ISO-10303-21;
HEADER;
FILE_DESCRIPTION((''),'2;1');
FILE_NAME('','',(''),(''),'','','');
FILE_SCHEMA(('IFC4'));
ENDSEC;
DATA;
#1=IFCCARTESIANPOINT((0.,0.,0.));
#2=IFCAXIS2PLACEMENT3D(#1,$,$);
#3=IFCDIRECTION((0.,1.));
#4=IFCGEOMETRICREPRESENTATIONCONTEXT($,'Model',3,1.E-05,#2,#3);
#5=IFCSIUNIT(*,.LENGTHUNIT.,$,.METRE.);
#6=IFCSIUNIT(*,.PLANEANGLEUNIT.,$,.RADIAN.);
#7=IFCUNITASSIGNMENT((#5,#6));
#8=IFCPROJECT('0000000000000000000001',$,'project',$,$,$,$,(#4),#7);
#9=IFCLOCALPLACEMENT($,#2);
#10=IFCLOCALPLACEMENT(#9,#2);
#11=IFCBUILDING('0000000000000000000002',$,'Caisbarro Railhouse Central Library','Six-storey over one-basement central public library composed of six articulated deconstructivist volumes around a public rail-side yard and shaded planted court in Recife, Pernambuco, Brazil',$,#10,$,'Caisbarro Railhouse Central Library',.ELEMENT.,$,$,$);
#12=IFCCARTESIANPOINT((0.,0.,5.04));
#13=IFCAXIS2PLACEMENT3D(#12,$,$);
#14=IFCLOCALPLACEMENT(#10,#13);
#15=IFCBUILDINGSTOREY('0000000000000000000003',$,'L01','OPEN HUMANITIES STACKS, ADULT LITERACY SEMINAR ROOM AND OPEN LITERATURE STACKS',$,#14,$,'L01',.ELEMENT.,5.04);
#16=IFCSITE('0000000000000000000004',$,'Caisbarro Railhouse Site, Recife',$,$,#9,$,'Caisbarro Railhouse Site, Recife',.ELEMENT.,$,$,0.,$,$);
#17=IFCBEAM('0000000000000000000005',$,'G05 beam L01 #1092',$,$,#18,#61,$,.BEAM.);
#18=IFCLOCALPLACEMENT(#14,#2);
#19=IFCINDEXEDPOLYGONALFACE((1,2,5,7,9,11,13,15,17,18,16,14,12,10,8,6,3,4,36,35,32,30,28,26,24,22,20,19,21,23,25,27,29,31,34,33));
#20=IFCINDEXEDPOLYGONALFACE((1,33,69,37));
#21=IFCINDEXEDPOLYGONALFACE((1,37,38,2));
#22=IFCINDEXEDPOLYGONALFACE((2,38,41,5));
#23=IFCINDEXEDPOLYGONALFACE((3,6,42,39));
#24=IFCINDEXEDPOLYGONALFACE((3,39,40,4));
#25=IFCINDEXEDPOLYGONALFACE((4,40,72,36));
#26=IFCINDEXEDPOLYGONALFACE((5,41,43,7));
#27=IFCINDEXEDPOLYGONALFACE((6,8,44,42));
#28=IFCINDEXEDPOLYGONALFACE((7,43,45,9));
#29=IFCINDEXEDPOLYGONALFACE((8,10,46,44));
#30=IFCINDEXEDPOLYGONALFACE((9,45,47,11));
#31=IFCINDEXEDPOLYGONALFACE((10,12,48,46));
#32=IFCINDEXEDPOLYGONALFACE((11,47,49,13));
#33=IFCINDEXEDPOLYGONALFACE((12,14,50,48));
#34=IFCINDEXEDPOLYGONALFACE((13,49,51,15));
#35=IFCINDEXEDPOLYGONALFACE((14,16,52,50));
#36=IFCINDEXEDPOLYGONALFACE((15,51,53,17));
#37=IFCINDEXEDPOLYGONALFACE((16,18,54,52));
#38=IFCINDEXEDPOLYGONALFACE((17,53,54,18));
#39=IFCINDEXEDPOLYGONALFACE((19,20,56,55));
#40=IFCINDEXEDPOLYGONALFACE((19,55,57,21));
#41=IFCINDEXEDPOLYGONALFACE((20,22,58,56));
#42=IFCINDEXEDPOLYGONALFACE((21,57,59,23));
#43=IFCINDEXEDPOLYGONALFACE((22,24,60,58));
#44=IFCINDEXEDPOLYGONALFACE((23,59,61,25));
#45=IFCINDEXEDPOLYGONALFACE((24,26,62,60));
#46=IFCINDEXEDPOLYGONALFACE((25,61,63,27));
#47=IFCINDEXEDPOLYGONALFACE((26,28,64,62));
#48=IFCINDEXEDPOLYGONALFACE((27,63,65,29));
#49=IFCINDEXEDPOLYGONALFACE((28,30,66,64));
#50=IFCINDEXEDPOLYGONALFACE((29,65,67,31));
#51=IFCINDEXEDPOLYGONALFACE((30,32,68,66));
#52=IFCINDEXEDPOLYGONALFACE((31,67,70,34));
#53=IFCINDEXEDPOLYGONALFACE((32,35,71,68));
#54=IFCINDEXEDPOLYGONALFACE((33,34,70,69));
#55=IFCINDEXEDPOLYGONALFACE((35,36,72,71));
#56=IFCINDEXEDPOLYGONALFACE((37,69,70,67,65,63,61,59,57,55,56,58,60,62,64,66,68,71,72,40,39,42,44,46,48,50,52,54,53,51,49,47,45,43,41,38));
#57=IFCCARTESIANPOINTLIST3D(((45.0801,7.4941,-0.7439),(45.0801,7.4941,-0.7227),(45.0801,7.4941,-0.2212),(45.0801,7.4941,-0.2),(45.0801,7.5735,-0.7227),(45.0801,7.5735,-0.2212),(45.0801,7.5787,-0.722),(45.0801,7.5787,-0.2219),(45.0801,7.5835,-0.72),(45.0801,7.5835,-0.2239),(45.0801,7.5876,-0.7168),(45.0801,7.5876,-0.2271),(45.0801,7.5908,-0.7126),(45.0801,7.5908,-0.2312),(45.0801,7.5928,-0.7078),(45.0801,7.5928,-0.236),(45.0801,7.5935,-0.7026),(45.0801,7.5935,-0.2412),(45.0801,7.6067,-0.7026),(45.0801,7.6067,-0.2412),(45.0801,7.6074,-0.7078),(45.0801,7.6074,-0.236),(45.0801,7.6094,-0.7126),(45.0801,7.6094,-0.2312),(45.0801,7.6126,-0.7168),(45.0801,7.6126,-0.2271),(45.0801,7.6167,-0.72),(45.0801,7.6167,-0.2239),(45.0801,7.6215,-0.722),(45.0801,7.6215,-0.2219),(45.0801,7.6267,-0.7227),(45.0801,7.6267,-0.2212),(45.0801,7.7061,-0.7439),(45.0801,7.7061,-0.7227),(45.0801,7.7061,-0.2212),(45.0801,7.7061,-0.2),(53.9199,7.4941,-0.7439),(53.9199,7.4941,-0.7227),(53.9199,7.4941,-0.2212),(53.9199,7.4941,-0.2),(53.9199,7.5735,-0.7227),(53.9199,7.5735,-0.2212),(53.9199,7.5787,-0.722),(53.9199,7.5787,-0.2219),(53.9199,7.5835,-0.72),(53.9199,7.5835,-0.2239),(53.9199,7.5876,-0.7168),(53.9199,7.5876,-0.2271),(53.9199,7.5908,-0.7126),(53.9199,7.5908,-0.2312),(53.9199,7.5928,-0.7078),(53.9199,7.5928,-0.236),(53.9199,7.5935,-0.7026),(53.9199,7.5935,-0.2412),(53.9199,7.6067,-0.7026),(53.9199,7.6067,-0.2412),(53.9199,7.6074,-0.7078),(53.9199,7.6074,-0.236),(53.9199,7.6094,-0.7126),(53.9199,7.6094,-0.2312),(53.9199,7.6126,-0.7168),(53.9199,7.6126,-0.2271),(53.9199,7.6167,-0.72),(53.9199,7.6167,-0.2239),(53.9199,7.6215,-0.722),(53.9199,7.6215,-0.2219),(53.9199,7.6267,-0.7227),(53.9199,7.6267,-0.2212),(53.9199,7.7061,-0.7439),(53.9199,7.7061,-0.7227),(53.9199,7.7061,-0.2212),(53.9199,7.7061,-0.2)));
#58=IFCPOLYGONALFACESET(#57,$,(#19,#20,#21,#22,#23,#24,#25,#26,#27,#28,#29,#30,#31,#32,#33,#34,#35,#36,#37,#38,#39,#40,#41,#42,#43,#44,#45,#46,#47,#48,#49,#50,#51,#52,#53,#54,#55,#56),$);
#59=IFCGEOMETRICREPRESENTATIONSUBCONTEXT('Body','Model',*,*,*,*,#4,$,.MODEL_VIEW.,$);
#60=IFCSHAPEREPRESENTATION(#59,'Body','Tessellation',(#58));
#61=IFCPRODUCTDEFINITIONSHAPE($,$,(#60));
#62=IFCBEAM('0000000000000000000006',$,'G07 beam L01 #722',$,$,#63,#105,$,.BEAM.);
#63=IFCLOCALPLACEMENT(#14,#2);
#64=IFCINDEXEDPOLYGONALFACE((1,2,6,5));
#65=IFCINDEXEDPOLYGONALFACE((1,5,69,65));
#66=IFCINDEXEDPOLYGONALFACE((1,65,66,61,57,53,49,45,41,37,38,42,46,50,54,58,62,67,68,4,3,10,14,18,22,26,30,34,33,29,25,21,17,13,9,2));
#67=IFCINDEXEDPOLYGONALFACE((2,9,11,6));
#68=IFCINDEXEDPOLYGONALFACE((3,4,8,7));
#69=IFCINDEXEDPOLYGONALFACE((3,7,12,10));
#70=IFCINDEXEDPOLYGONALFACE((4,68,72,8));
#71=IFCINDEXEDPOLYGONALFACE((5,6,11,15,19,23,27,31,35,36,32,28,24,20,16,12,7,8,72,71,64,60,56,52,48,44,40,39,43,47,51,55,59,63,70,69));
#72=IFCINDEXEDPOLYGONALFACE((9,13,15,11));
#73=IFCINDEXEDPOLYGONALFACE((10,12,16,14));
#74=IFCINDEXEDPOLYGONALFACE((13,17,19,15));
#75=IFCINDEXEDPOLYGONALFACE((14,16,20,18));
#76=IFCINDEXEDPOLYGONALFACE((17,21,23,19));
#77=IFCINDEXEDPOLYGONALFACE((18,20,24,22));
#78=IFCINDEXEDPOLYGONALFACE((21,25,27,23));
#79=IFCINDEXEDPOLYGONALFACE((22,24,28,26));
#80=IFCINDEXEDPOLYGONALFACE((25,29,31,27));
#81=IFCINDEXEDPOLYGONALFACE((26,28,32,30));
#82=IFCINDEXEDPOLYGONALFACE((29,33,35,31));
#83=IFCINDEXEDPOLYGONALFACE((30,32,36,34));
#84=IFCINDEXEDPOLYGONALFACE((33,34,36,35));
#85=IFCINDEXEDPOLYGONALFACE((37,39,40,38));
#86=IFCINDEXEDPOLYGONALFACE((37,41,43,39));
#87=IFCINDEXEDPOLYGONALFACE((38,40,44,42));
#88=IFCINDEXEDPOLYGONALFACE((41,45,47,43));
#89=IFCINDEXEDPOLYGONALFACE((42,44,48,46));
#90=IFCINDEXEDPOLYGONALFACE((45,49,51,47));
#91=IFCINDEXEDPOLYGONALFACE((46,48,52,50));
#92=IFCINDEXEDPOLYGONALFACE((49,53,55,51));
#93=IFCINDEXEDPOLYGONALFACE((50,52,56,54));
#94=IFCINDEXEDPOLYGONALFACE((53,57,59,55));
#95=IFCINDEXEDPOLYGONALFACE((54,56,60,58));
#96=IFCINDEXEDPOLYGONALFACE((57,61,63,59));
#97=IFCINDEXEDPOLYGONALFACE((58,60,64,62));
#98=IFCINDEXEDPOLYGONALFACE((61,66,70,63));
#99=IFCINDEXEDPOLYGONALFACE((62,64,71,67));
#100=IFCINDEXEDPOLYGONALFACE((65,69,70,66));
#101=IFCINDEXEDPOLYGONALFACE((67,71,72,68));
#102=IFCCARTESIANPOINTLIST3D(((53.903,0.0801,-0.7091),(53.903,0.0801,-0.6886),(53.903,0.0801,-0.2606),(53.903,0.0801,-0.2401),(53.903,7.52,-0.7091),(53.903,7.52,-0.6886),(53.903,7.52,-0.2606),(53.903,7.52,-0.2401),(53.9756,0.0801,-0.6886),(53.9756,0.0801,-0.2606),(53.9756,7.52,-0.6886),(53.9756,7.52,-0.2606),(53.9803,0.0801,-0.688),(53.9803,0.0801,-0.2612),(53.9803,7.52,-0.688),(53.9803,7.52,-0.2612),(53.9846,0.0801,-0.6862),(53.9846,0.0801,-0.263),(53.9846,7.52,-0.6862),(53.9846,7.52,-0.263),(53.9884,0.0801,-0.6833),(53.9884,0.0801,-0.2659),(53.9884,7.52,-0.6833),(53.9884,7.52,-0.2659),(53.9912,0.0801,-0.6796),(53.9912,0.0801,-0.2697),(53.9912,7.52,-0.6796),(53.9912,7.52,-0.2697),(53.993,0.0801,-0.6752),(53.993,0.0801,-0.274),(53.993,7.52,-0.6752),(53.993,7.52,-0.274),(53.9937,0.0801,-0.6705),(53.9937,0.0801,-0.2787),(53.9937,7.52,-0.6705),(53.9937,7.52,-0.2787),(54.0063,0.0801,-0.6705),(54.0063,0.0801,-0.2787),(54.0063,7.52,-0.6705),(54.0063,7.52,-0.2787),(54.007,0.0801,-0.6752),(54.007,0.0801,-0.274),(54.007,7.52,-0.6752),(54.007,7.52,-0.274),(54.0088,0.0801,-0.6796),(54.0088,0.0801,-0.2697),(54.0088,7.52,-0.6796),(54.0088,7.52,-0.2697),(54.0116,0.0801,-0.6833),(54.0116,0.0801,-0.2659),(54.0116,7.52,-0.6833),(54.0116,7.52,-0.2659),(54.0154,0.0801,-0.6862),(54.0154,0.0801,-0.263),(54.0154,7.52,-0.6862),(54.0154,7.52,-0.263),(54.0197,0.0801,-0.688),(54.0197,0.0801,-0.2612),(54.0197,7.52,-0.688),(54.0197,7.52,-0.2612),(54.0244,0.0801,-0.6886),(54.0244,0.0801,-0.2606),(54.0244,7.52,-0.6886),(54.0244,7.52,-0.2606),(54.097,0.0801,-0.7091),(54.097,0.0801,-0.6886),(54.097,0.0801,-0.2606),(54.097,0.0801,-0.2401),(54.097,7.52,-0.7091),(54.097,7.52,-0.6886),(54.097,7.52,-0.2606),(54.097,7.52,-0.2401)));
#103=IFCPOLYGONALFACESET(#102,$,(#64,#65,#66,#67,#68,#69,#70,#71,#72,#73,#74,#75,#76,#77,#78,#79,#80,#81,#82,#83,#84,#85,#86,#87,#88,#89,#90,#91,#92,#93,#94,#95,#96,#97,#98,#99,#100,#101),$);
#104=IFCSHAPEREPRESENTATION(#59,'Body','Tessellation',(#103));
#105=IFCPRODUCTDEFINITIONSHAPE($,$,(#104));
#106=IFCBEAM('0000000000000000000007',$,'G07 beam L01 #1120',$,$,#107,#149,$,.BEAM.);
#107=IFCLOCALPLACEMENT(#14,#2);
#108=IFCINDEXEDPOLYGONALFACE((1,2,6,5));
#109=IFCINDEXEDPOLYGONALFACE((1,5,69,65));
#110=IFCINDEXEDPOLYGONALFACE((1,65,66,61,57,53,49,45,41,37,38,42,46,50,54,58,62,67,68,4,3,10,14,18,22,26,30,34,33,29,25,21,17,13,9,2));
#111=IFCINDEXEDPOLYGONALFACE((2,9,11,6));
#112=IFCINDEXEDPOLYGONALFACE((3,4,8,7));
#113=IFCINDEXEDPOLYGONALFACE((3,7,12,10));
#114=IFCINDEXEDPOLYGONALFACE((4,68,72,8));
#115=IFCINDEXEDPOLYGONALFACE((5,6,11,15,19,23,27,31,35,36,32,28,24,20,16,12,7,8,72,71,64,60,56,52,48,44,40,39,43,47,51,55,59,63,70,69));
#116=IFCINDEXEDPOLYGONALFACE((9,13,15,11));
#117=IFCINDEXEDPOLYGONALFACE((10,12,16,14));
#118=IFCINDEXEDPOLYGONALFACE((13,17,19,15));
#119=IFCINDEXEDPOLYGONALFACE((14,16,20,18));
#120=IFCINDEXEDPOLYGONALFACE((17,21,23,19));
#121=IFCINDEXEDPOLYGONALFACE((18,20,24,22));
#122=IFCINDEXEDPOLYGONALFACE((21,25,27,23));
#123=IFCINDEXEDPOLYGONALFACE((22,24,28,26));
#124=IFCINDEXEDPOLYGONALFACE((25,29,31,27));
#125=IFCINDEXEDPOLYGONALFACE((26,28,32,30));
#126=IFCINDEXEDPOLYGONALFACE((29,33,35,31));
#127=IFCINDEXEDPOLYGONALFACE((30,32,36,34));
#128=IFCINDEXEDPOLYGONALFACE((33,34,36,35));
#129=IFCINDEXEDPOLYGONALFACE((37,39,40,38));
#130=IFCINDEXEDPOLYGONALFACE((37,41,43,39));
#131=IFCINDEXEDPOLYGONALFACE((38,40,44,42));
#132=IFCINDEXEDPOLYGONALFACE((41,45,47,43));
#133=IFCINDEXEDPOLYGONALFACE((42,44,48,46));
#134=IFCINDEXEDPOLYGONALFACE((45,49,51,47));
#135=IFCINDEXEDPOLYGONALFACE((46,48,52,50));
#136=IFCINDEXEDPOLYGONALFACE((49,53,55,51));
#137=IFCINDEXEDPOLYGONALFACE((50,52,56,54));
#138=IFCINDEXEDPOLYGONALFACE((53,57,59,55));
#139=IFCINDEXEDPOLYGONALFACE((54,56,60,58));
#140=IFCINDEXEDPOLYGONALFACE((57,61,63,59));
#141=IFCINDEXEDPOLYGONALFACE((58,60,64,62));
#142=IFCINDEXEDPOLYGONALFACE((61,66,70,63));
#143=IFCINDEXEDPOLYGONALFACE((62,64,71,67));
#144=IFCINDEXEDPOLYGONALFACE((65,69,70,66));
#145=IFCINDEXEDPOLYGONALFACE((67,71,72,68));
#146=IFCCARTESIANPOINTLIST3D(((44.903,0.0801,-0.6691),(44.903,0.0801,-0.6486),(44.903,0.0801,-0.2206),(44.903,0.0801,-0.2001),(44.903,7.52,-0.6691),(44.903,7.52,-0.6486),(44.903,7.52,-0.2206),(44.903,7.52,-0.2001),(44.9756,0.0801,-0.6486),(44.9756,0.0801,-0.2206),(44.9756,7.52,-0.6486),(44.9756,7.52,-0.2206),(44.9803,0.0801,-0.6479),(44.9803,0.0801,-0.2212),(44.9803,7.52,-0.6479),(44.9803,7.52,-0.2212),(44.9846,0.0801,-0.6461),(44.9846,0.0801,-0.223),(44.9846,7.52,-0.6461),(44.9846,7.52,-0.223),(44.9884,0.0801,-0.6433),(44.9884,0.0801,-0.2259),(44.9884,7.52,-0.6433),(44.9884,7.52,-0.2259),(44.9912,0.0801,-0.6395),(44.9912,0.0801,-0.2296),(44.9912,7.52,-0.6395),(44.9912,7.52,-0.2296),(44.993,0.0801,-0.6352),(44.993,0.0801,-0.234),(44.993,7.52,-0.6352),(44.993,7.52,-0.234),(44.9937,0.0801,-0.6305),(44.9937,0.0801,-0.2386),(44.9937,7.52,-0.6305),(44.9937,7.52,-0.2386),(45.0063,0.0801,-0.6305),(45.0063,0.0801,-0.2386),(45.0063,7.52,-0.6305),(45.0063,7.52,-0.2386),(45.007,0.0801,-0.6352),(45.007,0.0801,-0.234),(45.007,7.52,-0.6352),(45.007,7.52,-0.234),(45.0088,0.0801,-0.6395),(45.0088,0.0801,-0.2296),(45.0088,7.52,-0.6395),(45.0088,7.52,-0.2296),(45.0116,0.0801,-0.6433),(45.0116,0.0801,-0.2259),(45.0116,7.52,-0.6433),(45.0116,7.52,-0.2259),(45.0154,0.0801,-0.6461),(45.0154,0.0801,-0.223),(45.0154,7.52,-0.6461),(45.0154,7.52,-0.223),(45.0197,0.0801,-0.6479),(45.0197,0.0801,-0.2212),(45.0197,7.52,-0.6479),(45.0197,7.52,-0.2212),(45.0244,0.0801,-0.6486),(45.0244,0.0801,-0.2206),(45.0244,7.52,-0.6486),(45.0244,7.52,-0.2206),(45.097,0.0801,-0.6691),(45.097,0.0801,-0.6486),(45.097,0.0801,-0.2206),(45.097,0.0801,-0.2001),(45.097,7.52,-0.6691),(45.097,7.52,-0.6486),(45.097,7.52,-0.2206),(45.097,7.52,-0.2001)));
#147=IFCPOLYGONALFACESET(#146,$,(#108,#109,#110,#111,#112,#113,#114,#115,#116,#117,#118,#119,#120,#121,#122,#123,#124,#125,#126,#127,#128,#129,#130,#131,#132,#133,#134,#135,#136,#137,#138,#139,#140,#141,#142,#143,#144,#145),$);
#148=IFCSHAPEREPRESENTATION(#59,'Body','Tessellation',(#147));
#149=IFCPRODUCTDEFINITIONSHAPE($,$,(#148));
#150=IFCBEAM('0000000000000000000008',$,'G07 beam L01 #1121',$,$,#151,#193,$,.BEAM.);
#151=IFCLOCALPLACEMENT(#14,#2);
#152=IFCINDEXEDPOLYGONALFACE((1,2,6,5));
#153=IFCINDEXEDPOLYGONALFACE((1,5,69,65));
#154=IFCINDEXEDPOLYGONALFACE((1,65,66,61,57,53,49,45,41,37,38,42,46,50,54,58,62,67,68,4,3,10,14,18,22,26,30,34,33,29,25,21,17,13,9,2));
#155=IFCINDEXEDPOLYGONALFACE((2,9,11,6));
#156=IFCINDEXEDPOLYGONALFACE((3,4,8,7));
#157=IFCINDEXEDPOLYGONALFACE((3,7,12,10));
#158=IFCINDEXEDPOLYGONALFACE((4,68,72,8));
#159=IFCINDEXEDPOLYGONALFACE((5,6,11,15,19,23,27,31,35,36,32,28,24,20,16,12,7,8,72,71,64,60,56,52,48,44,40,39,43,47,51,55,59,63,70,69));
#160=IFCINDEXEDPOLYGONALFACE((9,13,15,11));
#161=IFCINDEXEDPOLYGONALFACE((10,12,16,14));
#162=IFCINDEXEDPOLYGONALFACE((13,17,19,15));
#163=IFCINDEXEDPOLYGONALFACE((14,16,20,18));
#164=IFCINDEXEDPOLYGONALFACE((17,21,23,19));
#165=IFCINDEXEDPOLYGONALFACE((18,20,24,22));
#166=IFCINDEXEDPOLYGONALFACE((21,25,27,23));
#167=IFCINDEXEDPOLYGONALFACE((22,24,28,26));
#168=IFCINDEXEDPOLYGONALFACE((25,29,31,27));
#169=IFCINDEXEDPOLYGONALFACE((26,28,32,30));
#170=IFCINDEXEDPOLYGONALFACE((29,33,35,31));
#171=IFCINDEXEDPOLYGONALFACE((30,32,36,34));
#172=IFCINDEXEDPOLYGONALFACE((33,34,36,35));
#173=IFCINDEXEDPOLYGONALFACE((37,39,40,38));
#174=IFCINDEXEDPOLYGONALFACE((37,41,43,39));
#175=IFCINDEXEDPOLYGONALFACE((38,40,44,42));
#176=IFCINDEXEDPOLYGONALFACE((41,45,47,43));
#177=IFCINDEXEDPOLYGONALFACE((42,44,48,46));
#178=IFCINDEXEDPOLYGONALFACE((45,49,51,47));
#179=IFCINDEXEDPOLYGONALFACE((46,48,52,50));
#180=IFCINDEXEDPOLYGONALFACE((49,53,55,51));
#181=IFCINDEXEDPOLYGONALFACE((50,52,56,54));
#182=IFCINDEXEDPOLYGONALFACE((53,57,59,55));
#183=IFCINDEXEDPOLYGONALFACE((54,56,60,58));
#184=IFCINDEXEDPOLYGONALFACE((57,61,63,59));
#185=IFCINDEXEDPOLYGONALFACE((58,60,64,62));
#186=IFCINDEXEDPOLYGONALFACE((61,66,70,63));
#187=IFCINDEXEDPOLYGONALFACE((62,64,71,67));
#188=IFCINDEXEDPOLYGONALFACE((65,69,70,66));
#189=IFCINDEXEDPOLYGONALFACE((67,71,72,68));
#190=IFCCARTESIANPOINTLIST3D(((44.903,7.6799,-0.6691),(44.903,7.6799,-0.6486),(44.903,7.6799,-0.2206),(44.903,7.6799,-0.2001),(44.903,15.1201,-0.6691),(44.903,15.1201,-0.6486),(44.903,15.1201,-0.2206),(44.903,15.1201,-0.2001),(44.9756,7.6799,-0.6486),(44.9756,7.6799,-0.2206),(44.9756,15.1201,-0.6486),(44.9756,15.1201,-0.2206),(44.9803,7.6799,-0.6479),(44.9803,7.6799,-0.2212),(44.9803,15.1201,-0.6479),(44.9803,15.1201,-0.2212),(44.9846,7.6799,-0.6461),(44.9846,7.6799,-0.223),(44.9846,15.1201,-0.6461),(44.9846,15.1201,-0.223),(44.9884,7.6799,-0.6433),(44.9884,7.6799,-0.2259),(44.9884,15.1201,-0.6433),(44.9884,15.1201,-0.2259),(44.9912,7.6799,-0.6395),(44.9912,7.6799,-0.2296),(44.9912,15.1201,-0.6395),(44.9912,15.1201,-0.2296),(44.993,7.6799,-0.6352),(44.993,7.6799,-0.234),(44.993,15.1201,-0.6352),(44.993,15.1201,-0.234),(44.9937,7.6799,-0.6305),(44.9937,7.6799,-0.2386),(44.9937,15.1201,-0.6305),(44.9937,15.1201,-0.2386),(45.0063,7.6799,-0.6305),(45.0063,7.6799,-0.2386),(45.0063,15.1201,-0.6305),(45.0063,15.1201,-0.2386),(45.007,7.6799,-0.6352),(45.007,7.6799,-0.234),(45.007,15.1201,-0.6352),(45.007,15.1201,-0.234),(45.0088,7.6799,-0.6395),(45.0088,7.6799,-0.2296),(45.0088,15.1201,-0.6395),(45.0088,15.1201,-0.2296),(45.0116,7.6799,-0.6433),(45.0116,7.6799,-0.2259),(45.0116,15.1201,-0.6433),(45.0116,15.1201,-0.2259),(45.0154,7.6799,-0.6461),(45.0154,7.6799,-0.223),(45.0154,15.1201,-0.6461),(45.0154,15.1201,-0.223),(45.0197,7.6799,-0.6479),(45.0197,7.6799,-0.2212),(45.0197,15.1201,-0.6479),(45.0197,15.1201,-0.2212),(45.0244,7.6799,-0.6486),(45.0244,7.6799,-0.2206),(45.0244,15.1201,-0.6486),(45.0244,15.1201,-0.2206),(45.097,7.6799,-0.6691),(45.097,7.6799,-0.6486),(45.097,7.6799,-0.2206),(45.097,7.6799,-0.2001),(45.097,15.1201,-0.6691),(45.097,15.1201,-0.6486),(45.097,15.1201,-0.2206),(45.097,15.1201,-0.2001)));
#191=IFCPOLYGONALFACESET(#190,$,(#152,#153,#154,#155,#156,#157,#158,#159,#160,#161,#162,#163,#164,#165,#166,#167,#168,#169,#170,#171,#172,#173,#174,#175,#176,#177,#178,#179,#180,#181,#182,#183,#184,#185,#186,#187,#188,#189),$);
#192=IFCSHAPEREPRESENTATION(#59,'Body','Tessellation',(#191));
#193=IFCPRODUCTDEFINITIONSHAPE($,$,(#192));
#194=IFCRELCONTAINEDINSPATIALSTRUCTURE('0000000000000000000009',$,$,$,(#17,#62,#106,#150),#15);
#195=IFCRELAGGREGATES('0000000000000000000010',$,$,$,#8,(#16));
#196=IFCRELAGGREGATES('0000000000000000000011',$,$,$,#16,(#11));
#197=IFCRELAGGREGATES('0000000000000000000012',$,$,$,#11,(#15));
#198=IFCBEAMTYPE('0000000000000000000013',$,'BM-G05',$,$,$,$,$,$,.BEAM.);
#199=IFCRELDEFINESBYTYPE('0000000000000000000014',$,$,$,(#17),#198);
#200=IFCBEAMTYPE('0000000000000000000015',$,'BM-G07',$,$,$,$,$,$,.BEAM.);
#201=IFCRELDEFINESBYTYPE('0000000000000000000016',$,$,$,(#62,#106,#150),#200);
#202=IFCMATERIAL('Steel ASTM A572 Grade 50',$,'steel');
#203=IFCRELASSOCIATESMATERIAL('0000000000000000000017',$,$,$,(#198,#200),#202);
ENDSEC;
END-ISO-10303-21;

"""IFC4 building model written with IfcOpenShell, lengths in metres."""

from ifc_helpers import new_model, si_unit, direction, frame, origin, origin_2d, place, context, subcontext, project, spatial, i_section, extrude, material, material_profile, profile_set, type_object, element, save


model = new_model("IFC4")

# Units and contexts
model_context = context("Model", 3, precision=1e-05, world=origin(), true_north=direction((0.0, 1.0)))
body_context = subcontext(model_context, "Body", "Model", "MODEL_VIEW")
ifc_project = project(units=[si_unit("LENGTHUNIT", "METRE"), si_unit("PLANEANGLEUNIT", "RADIAN")], contexts=[model_context])

# Site, building, storey
site_placement = place(None, origin())
site = spatial("IfcSite", under=ifc_project, at=site_placement, Name="Caisbarro Railhouse Site, Recife", LongName="Caisbarro Railhouse Site, Recife", CompositionType="ELEMENT", RefElevation=0.0)
building_placement = place(site_placement, origin())
building = spatial("IfcBuilding", under=site, at=building_placement, Name="Caisbarro Railhouse Central Library", Description="Six-storey over one-basement central public library composed of six articulated deconstructivist volumes around a public rail-side yard and shaded planted court in Recife, Pernambuco, Brazil", LongName="Caisbarro Railhouse Central Library", CompositionType="ELEMENT")
storey_placement = place(building_placement, frame((0.0, 0.0, 5.04)))
storey = spatial("IfcBuildingStorey", under=building, at=storey_placement, Name="L01", Description="OPEN HUMANITIES STACKS, ADULT LITERACY SEMINAR ROOM AND OPEN LITERATURE STACKS", LongName="L01", CompositionType="ELEMENT", Elevation=5.04)

# Shared definitions
ifc_material_1 = material(Name="Steel ASTM A572 Grade 50", Category="steel")

# Beams
ifc_material_profile_1 = material_profile(ifc_material_1, i_section(OverallWidth=0.2119, OverallDepth=0.5439, WebThickness=0.0132, FlangeThickness=0.0212, FilletRadius=0.02, at=origin_2d()), Name="W530X123.0")
ifc_profile_set_1 = profile_set([ifc_material_profile_1], Name="Steel ASTM A572 Grade 50")
beam_type_1 = type_object("IfcBeamType", Name="BM-G05", PredefinedType="BEAM", material=ifc_profile_set_1)
beam_1_placement = place(storey_placement, frame((45.0801, 7.6001, -0.4719), z_axis=(1.0, 0.0, 0.0), x_axis=(0.0, 1.0, 0.0)))
element("IfcBeam", 1, at=beam_1_placement, inside=storey, type_object=beam_type_1, Name="G05 beam L01 #1092", PredefinedType="BEAM", context=body_context, shape_type="SweptSolid", body=[
    extrude(i_section(OverallWidth=0.2119, OverallDepth=0.5439, WebThickness=0.0132, FlangeThickness=0.0212, FilletRadius=0.02, at=origin_2d()), origin(), (0.0, 0.0, 1.0), 8.8398),
])
ifc_material_profile_2 = material_profile(ifc_material_1, i_section(OverallWidth=0.1941, OverallDepth=0.469, WebThickness=0.0127, FlangeThickness=0.0205, FilletRadius=0.0181, at=origin_2d()), Name="W460X106.0")
ifc_profile_set_2 = profile_set([ifc_material_profile_2], Name="Steel ASTM A572 Grade 50")
beam_type_2 = type_object("IfcBeamType", Name="BM-G07", PredefinedType="BEAM", material=ifc_profile_set_2)
for number, where, z_axis, x_axis, name in (
    (2, (54.0, 0.0801, -0.4746), (0.0, 1.0, 0.0), (-1.0, 0.0, 0.0), "G07 beam L01 #722"),
    (3, (45.0, 0.0801, -0.4346), (0.0, 1.0, 0.0), (-1.0, 0.0, 0.0), "G07 beam L01 #1120"),
):
    element("IfcBeam", number, at=place(storey_placement, frame(where, z_axis=z_axis, x_axis=x_axis)), inside=storey, type_object=beam_type_2, Name=name, PredefinedType="BEAM", context=body_context, shape_type="SweptSolid", body=[
        extrude(i_section(OverallWidth=0.1941, OverallDepth=0.469, WebThickness=0.0127, FlangeThickness=0.0205, FilletRadius=0.0181, at=origin_2d()), origin(), (0.0, 0.0, 1.0), 7.4399),
    ])
beam_2_placement = place(storey_placement, frame((45.0, 7.6799, -0.4346), z_axis=(0.0, 1.0, 0.0), x_axis=(-1.0, 0.0, 0.0)))
element("IfcBeam", 4, at=beam_2_placement, inside=storey, type_object=beam_type_2, Name="G07 beam L01 #1121", PredefinedType="BEAM", context=body_context, shape_type="SweptSolid", body=[
    extrude(i_section(OverallWidth=0.1941, OverallDepth=0.469, WebThickness=0.0127, FlangeThickness=0.0205, FilletRadius=0.0181, at=origin_2d()), origin(), (0.0, 0.0, 1.0), 7.4402),
])

save(model, "model.ifc")
